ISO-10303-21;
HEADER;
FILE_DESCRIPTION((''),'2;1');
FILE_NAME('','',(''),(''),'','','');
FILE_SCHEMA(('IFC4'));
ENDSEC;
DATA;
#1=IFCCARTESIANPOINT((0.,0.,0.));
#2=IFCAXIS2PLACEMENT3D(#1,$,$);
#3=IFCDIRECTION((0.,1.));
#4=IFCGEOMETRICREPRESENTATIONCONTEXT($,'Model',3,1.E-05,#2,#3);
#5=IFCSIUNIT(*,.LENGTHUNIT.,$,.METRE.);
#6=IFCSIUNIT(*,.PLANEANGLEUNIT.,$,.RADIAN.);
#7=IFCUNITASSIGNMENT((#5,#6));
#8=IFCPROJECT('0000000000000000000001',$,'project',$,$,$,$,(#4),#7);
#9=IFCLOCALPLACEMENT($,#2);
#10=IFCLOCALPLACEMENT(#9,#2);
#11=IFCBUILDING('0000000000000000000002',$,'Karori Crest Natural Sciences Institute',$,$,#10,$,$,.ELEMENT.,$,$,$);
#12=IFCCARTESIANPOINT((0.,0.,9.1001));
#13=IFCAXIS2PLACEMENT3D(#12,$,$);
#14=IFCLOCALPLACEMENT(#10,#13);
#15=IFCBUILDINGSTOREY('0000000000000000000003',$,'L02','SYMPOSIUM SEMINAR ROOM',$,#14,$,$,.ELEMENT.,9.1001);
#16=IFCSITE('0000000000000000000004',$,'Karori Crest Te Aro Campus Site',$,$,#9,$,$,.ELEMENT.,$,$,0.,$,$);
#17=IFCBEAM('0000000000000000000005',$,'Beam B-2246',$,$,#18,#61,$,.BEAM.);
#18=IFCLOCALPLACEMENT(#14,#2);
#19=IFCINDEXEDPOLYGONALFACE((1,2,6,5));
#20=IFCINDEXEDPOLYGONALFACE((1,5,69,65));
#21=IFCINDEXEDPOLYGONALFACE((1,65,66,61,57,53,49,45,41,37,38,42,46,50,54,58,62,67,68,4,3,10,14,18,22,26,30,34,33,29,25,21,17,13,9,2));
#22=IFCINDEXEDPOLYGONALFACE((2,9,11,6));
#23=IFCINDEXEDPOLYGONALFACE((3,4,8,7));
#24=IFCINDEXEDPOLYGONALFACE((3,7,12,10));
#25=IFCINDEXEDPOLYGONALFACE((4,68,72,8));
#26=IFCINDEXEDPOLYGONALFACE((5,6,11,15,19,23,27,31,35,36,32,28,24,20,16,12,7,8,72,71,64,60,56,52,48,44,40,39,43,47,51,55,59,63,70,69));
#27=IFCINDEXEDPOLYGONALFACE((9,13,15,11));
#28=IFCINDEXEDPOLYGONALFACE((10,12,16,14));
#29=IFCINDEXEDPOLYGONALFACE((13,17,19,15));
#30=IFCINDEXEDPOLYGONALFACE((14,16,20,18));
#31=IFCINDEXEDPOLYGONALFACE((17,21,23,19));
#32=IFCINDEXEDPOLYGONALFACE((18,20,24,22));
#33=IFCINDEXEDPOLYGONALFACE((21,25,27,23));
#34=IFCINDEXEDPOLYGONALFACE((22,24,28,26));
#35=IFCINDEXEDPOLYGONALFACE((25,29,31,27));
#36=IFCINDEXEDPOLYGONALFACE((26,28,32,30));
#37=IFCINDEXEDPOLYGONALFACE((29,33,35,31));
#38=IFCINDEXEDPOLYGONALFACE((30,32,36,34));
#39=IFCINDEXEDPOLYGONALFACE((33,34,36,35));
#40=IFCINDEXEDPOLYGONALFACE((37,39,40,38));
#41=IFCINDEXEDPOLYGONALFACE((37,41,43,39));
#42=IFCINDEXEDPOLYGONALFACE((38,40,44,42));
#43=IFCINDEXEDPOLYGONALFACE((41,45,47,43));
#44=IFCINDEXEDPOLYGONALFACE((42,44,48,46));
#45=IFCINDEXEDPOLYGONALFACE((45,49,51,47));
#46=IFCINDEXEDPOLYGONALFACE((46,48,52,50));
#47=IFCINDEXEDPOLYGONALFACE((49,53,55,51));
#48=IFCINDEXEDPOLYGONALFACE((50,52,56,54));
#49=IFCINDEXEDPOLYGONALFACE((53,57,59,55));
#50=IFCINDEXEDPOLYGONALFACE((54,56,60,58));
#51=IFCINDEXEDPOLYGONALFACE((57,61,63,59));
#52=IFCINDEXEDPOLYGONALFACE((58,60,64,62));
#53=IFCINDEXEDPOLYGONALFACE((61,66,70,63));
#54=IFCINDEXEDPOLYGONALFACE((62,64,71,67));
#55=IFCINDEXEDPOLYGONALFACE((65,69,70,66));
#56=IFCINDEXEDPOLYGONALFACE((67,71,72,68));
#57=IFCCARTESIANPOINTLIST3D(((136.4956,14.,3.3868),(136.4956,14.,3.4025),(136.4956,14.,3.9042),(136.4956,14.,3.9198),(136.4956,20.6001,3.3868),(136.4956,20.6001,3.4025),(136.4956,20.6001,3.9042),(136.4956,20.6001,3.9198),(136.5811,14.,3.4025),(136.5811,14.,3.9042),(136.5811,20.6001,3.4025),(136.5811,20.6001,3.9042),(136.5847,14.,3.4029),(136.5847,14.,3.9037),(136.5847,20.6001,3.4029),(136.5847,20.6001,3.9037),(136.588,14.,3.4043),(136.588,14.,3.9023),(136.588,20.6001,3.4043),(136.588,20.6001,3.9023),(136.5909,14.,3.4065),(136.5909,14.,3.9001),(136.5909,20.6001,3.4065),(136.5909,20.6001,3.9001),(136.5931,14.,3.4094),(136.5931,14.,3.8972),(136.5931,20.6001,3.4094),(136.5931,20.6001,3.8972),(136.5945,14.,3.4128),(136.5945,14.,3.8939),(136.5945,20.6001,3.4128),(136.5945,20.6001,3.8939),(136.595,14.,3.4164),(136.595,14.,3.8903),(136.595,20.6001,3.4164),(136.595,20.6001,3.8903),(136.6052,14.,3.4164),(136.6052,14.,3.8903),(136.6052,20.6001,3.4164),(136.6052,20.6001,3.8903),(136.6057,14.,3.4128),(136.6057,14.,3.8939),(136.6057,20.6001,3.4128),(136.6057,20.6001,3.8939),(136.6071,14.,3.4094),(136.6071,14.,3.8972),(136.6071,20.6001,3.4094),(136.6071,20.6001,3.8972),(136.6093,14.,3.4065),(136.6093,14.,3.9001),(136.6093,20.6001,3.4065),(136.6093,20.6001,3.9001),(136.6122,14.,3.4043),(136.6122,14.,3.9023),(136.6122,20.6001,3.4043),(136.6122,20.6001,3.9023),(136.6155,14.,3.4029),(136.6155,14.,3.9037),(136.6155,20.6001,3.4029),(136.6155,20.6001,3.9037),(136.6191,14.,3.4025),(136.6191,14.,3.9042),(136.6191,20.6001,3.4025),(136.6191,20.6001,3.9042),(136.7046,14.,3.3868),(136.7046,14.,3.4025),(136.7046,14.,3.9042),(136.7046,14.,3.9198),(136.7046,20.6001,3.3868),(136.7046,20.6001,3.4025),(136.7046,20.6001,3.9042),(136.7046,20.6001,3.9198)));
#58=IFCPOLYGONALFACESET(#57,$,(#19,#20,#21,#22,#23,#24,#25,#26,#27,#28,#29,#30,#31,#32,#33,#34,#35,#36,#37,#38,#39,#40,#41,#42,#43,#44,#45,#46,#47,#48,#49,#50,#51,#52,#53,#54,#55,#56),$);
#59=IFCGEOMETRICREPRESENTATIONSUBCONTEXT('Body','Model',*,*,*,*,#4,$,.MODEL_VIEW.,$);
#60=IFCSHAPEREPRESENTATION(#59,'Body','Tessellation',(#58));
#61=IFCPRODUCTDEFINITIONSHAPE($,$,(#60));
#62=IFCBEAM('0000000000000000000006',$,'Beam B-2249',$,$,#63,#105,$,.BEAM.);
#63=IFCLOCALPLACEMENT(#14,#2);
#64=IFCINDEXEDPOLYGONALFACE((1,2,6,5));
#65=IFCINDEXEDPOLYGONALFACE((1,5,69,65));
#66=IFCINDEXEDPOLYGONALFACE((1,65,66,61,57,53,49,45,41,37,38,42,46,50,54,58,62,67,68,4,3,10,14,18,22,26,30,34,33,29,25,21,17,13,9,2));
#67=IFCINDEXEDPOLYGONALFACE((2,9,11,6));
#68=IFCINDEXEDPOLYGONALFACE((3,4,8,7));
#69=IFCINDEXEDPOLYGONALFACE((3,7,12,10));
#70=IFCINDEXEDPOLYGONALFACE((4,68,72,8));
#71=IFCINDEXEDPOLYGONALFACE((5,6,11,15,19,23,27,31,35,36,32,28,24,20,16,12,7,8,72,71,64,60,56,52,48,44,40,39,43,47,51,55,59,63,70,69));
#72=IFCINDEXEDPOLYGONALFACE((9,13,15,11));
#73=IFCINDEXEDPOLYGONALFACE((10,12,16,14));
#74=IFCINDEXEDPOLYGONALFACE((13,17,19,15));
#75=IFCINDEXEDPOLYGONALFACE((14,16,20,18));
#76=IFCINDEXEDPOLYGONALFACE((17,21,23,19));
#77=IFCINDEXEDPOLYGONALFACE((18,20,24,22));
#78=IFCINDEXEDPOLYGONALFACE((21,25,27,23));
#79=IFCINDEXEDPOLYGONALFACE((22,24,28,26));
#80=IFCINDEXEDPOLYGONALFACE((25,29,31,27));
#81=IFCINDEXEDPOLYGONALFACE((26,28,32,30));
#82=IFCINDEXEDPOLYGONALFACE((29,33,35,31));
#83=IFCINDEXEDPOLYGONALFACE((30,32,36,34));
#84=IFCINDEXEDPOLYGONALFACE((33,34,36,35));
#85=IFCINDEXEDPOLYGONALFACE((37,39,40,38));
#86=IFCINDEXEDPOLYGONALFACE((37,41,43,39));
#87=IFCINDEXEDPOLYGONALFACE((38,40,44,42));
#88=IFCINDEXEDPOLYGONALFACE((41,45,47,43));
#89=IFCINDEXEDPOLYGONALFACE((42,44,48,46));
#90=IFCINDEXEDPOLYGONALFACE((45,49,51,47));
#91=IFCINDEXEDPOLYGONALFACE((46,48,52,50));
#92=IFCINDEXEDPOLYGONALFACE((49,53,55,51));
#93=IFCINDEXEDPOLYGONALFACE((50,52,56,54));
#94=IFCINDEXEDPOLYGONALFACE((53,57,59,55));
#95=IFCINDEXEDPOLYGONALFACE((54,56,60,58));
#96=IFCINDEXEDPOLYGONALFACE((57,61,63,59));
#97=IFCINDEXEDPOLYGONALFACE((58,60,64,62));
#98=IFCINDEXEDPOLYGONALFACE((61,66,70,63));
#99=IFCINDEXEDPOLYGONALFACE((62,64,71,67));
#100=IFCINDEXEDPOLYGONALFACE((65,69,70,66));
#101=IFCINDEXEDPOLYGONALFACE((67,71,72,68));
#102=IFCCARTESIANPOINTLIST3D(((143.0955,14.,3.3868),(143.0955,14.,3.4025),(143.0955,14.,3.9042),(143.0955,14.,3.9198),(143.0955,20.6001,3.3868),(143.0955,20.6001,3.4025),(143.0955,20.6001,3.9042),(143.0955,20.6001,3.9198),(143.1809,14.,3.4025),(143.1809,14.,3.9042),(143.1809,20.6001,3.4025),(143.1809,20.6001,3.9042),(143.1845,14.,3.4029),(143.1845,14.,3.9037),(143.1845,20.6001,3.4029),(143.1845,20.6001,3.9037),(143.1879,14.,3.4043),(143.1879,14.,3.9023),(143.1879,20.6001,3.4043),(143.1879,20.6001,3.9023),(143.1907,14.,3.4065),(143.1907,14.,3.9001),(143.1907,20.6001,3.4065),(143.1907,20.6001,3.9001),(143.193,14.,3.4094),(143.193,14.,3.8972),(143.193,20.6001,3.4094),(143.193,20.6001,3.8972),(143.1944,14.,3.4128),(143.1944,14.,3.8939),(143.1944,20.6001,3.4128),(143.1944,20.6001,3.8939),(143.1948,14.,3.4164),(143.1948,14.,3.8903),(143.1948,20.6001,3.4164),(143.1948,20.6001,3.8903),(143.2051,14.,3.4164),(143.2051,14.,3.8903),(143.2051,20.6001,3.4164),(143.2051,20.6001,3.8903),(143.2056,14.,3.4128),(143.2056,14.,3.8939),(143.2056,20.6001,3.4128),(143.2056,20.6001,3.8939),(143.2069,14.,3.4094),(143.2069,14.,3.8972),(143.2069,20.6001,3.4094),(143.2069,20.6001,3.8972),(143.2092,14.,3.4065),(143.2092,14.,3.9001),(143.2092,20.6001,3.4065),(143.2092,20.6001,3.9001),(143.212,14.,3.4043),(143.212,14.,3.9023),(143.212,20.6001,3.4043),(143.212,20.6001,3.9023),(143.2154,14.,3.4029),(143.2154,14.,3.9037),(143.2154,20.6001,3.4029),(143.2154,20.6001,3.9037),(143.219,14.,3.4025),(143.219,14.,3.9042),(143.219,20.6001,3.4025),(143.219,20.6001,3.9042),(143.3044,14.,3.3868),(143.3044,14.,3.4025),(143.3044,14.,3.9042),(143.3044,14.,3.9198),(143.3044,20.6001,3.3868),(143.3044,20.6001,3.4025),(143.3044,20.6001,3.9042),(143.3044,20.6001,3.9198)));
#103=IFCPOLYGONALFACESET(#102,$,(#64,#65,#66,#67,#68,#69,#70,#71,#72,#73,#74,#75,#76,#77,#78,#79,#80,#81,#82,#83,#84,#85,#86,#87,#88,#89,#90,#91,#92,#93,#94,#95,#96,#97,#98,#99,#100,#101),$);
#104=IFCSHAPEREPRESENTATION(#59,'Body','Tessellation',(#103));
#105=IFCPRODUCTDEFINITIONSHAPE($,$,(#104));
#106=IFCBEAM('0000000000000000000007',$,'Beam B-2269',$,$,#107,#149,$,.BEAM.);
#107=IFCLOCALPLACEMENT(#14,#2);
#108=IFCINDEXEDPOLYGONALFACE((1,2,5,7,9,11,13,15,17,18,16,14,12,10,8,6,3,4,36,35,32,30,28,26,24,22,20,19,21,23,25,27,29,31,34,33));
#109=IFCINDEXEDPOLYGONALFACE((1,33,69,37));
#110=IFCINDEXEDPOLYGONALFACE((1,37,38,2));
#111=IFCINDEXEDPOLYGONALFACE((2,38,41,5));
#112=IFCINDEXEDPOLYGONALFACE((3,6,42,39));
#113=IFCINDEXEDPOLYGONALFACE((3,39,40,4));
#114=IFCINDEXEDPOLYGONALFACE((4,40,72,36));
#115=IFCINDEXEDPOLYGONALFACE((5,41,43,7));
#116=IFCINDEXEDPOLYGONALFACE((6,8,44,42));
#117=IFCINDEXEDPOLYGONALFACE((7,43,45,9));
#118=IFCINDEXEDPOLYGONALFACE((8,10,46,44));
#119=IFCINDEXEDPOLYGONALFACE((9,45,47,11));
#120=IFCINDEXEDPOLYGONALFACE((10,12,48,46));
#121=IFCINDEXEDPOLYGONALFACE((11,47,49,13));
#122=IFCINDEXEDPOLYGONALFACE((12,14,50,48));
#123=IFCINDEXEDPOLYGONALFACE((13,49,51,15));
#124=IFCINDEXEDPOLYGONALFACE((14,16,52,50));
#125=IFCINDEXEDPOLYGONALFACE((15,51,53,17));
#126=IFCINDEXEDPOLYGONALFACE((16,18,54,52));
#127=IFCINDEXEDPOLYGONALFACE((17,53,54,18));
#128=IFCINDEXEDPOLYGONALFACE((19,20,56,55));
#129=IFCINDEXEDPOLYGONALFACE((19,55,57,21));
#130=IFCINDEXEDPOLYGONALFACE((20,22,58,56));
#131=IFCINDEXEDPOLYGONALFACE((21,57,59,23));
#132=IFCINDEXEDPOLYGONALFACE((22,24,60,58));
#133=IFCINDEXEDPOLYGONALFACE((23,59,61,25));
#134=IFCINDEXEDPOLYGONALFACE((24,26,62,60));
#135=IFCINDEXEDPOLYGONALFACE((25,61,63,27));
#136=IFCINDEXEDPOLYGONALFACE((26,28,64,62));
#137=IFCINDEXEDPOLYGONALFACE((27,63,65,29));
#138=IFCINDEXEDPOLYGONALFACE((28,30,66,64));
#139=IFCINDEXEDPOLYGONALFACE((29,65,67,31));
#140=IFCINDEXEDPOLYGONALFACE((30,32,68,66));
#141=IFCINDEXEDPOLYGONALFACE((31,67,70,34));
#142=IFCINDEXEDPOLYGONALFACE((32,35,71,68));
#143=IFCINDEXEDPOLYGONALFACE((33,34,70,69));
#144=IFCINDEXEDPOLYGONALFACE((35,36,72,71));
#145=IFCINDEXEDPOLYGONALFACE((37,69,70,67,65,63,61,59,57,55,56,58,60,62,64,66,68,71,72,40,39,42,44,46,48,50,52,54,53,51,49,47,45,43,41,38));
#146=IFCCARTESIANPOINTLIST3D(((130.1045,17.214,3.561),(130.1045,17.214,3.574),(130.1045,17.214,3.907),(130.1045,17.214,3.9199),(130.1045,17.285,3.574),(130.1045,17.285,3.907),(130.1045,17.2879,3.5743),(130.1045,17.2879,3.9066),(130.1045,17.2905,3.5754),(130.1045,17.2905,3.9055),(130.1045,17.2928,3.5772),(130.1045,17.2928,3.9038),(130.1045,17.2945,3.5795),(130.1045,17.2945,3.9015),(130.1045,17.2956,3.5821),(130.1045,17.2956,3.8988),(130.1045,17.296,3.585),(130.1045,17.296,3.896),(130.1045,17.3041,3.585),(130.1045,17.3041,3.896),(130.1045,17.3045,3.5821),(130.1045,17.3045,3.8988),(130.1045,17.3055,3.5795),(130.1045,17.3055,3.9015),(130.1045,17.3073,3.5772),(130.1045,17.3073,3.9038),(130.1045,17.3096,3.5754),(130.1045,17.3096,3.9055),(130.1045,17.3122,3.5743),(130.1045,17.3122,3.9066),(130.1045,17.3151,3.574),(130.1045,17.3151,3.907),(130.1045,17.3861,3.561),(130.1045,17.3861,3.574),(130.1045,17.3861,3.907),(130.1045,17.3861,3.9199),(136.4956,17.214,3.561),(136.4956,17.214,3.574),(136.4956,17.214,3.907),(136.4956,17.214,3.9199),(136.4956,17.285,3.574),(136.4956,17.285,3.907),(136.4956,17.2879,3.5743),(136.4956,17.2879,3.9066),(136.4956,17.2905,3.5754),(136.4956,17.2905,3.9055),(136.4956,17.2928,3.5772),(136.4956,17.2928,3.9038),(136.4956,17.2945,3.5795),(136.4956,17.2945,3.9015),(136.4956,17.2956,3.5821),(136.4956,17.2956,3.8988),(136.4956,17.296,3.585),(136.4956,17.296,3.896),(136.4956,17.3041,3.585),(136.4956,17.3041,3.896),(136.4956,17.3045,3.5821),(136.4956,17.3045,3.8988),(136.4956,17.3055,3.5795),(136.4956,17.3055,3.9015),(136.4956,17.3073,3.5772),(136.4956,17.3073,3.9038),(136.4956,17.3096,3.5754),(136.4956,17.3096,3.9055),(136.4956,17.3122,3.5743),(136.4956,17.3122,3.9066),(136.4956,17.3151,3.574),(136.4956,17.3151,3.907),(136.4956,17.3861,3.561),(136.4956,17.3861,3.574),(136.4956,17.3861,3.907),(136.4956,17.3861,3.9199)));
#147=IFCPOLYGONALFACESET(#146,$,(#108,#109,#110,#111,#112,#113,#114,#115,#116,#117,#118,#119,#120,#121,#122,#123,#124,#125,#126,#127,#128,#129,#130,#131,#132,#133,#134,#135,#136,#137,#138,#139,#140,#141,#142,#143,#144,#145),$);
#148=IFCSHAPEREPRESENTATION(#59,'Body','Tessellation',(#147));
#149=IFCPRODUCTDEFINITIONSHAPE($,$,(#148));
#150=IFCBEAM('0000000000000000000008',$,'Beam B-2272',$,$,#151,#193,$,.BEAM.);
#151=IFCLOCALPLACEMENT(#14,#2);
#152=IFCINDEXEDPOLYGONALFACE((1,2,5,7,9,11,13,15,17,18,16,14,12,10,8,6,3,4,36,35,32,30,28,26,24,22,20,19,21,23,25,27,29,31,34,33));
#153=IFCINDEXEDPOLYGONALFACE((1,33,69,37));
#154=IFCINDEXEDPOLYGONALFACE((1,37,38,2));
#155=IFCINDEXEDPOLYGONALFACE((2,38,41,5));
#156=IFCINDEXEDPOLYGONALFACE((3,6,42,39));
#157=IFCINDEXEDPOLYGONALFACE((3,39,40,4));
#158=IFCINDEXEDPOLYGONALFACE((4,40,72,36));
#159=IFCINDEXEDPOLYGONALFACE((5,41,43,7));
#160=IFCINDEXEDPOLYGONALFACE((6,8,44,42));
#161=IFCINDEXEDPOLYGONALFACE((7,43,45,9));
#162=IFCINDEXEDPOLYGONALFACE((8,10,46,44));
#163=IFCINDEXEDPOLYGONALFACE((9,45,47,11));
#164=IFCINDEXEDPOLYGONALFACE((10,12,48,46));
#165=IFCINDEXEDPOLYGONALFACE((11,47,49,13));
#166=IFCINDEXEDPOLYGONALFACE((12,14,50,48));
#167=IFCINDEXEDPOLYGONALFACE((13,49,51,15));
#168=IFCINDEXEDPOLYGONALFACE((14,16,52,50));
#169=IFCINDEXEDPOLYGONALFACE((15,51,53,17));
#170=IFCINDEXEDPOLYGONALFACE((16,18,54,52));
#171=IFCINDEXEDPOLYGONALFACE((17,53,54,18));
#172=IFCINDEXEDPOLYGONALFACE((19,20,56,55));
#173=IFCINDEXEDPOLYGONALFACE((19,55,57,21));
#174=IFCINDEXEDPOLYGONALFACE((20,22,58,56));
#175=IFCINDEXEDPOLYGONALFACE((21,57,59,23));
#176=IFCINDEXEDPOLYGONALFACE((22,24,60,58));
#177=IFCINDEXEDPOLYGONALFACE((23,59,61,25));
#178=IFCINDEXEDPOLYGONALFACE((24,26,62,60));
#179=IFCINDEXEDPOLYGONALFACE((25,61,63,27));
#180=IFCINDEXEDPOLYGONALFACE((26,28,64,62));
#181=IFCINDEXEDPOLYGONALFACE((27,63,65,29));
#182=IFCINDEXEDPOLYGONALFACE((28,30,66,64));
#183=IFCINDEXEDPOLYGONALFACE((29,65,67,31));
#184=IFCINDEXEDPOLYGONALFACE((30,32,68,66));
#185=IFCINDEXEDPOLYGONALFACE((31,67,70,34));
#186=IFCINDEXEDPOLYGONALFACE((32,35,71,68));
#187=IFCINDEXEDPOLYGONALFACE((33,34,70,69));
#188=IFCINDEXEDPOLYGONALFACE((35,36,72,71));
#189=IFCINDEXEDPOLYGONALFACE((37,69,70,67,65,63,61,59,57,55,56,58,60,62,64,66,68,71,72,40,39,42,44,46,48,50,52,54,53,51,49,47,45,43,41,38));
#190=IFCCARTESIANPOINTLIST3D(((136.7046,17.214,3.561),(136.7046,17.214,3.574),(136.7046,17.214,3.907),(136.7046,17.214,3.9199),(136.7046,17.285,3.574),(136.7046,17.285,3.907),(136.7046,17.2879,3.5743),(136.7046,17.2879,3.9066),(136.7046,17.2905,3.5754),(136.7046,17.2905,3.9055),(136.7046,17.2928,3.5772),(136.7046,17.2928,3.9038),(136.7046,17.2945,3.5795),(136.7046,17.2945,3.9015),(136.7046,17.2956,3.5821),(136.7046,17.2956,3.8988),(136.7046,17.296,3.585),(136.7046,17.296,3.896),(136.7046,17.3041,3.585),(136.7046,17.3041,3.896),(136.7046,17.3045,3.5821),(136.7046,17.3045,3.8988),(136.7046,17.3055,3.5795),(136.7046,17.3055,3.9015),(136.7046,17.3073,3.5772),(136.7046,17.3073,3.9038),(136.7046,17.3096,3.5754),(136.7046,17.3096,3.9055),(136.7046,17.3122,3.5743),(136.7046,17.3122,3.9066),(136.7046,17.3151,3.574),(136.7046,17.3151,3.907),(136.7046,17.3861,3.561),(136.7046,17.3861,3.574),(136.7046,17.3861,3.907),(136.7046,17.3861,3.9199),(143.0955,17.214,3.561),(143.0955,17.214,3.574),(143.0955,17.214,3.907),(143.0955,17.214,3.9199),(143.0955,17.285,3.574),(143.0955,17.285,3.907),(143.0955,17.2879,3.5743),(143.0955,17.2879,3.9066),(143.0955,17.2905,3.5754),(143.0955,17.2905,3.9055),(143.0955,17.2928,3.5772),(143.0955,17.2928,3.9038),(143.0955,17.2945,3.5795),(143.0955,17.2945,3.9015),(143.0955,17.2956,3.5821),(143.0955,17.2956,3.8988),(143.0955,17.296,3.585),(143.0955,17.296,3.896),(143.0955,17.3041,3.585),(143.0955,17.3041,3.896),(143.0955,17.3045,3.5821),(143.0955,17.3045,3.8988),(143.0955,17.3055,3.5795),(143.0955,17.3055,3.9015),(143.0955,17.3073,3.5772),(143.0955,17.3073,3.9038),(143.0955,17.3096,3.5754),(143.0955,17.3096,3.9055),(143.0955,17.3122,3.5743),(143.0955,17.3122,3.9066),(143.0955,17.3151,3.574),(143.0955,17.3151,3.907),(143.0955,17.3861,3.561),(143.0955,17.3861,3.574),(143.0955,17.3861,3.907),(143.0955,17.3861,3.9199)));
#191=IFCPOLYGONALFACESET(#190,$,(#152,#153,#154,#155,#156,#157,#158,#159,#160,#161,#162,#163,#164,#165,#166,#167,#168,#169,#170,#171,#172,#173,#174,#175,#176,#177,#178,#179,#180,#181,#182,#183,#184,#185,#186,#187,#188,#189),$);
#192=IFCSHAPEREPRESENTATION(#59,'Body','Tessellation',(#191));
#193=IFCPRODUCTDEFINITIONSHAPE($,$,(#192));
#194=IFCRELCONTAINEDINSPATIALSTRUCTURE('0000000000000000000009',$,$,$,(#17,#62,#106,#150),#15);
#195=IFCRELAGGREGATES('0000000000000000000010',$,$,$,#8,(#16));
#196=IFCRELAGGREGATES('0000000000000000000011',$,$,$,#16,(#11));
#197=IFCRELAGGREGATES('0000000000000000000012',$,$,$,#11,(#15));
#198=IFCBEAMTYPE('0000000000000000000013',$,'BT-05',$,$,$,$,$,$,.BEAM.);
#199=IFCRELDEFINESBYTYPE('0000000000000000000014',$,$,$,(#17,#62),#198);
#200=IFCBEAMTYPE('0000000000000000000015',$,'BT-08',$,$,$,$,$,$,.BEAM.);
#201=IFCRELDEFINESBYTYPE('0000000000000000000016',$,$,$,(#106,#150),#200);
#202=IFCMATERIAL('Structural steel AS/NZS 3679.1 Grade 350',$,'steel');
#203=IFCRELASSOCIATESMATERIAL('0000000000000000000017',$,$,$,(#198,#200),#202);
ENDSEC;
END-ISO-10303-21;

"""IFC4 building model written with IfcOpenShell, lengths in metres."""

from ifc_helpers import new_model, si_unit, direction, frame, origin, origin_2d, place, context, subcontext, project, spatial, i_section, extrude, material, material_profile, profile_set, type_object, element, save


model = new_model("IFC4")

# Units and contexts
model_context = context("Model", 3, precision=1e-05, world=origin(), true_north=direction((0.0, 1.0)))
body_context = subcontext(model_context, "Body", "Model", "MODEL_VIEW")
ifc_project = project(units=[si_unit("LENGTHUNIT", "METRE"), si_unit("PLANEANGLEUNIT", "RADIAN")], contexts=[model_context])

# Site, building, storey
site_placement = place(None, origin())
site = spatial("IfcSite", under=ifc_project, at=site_placement, Name="Karori Crest Te Aro Campus Site", CompositionType="ELEMENT", RefElevation=0.0)
building_placement = place(site_placement, origin())
building = spatial("IfcBuilding", under=site, at=building_placement, Name="Karori Crest Natural Sciences Institute", CompositionType="ELEMENT")
storey_placement = place(building_placement, frame((0.0, 0.0, 9.1001)))
storey = spatial("IfcBuildingStorey", under=building, at=storey_placement, Name="L02", Description="SYMPOSIUM SEMINAR ROOM", CompositionType="ELEMENT", Elevation=9.1001)

# Shared definitions
ifc_material_1 = material(Name="Structural steel AS/NZS 3679.1 Grade 350", Category="steel")

# Beams
ifc_material_profile_1 = material_profile(ifc_material_1, i_section(OverallWidth=0.209, OverallDepth=0.533, WebThickness=0.0103, FlangeThickness=0.0156, FilletRadius=0.0139, at=origin_2d()), Name="530UB92.4")
ifc_profile_set_1 = profile_set([ifc_material_profile_1], Name="Structural steel AS/NZS 3679.1 Grade 350")
beam_type_1 = type_object("IfcBeamType", Name="BT-05", PredefinedType="BEAM", material=ifc_profile_set_1)
for number, where, z_axis, x_axis, name in (
    (1, (136.6001, 14.0, 3.6533), (0.0, 1.0, 0.0), (-1.0, 0.0, 0.0), "Beam B-2246"),
    (2, (143.2, 14.0, 3.6533), (0.0, 1.0, 0.0), (-1.0, 0.0, 0.0), "Beam B-2249"),
):
    element("IfcBeam", number, at=place(storey_placement, frame(where, z_axis=z_axis, x_axis=x_axis)), inside=storey, type_object=beam_type_1, Name=name, PredefinedType="BEAM", context=body_context, shape_type="SweptSolid", body=[
        extrude(i_section(OverallWidth=0.209, OverallDepth=0.533, WebThickness=0.0103, FlangeThickness=0.0156, FilletRadius=0.0139, at=origin_2d()), origin(), (0.0, 0.0, 1.0), 6.6001),
    ])
ifc_material_profile_2 = material_profile(ifc_material_1, i_section(OverallWidth=0.1721, OverallDepth=0.3589, WebThickness=0.0081, FlangeThickness=0.0129, FilletRadius=0.011, at=origin_2d()), Name="360UB56.7")
ifc_profile_set_2 = profile_set([ifc_material_profile_2], Name="Structural steel AS/NZS 3679.1 Grade 350")
beam_type_2 = type_object("IfcBeamType", Name="BT-08", PredefinedType="BEAM", material=ifc_profile_set_2)
beam_1_placement = place(storey_placement, frame((130.1045, 17.3, 3.7405), z_axis=(1.0, 0.0, 0.0), x_axis=(0.0, 1.0, 0.0)))
element("IfcBeam", 3, at=beam_1_placement, inside=storey, type_object=beam_type_2, Name="Beam B-2269", PredefinedType="BEAM", context=body_context, shape_type="SweptSolid", body=[
    extrude(i_section(OverallWidth=0.1721, OverallDepth=0.3589, WebThickness=0.0081, FlangeThickness=0.0129, FilletRadius=0.011, at=origin_2d()), origin(), (0.0, 0.0, 1.0), 6.3911),
])
beam_2_placement = place(storey_placement, frame((136.7046, 17.3, 3.7405), z_axis=(1.0, 0.0, 0.0), x_axis=(0.0, 1.0, 0.0)))
element("IfcBeam", 4, at=beam_2_placement, inside=storey, type_object=beam_type_2, Name="Beam B-2272", PredefinedType="BEAM", context=body_context, shape_type="SweptSolid", body=[
    extrude(i_section(OverallWidth=0.1721, OverallDepth=0.3589, WebThickness=0.0081, FlangeThickness=0.0129, FilletRadius=0.011, at=origin_2d()), origin(), (0.0, 0.0, 1.0), 6.3909),
])

save(model, "model.ifc")
